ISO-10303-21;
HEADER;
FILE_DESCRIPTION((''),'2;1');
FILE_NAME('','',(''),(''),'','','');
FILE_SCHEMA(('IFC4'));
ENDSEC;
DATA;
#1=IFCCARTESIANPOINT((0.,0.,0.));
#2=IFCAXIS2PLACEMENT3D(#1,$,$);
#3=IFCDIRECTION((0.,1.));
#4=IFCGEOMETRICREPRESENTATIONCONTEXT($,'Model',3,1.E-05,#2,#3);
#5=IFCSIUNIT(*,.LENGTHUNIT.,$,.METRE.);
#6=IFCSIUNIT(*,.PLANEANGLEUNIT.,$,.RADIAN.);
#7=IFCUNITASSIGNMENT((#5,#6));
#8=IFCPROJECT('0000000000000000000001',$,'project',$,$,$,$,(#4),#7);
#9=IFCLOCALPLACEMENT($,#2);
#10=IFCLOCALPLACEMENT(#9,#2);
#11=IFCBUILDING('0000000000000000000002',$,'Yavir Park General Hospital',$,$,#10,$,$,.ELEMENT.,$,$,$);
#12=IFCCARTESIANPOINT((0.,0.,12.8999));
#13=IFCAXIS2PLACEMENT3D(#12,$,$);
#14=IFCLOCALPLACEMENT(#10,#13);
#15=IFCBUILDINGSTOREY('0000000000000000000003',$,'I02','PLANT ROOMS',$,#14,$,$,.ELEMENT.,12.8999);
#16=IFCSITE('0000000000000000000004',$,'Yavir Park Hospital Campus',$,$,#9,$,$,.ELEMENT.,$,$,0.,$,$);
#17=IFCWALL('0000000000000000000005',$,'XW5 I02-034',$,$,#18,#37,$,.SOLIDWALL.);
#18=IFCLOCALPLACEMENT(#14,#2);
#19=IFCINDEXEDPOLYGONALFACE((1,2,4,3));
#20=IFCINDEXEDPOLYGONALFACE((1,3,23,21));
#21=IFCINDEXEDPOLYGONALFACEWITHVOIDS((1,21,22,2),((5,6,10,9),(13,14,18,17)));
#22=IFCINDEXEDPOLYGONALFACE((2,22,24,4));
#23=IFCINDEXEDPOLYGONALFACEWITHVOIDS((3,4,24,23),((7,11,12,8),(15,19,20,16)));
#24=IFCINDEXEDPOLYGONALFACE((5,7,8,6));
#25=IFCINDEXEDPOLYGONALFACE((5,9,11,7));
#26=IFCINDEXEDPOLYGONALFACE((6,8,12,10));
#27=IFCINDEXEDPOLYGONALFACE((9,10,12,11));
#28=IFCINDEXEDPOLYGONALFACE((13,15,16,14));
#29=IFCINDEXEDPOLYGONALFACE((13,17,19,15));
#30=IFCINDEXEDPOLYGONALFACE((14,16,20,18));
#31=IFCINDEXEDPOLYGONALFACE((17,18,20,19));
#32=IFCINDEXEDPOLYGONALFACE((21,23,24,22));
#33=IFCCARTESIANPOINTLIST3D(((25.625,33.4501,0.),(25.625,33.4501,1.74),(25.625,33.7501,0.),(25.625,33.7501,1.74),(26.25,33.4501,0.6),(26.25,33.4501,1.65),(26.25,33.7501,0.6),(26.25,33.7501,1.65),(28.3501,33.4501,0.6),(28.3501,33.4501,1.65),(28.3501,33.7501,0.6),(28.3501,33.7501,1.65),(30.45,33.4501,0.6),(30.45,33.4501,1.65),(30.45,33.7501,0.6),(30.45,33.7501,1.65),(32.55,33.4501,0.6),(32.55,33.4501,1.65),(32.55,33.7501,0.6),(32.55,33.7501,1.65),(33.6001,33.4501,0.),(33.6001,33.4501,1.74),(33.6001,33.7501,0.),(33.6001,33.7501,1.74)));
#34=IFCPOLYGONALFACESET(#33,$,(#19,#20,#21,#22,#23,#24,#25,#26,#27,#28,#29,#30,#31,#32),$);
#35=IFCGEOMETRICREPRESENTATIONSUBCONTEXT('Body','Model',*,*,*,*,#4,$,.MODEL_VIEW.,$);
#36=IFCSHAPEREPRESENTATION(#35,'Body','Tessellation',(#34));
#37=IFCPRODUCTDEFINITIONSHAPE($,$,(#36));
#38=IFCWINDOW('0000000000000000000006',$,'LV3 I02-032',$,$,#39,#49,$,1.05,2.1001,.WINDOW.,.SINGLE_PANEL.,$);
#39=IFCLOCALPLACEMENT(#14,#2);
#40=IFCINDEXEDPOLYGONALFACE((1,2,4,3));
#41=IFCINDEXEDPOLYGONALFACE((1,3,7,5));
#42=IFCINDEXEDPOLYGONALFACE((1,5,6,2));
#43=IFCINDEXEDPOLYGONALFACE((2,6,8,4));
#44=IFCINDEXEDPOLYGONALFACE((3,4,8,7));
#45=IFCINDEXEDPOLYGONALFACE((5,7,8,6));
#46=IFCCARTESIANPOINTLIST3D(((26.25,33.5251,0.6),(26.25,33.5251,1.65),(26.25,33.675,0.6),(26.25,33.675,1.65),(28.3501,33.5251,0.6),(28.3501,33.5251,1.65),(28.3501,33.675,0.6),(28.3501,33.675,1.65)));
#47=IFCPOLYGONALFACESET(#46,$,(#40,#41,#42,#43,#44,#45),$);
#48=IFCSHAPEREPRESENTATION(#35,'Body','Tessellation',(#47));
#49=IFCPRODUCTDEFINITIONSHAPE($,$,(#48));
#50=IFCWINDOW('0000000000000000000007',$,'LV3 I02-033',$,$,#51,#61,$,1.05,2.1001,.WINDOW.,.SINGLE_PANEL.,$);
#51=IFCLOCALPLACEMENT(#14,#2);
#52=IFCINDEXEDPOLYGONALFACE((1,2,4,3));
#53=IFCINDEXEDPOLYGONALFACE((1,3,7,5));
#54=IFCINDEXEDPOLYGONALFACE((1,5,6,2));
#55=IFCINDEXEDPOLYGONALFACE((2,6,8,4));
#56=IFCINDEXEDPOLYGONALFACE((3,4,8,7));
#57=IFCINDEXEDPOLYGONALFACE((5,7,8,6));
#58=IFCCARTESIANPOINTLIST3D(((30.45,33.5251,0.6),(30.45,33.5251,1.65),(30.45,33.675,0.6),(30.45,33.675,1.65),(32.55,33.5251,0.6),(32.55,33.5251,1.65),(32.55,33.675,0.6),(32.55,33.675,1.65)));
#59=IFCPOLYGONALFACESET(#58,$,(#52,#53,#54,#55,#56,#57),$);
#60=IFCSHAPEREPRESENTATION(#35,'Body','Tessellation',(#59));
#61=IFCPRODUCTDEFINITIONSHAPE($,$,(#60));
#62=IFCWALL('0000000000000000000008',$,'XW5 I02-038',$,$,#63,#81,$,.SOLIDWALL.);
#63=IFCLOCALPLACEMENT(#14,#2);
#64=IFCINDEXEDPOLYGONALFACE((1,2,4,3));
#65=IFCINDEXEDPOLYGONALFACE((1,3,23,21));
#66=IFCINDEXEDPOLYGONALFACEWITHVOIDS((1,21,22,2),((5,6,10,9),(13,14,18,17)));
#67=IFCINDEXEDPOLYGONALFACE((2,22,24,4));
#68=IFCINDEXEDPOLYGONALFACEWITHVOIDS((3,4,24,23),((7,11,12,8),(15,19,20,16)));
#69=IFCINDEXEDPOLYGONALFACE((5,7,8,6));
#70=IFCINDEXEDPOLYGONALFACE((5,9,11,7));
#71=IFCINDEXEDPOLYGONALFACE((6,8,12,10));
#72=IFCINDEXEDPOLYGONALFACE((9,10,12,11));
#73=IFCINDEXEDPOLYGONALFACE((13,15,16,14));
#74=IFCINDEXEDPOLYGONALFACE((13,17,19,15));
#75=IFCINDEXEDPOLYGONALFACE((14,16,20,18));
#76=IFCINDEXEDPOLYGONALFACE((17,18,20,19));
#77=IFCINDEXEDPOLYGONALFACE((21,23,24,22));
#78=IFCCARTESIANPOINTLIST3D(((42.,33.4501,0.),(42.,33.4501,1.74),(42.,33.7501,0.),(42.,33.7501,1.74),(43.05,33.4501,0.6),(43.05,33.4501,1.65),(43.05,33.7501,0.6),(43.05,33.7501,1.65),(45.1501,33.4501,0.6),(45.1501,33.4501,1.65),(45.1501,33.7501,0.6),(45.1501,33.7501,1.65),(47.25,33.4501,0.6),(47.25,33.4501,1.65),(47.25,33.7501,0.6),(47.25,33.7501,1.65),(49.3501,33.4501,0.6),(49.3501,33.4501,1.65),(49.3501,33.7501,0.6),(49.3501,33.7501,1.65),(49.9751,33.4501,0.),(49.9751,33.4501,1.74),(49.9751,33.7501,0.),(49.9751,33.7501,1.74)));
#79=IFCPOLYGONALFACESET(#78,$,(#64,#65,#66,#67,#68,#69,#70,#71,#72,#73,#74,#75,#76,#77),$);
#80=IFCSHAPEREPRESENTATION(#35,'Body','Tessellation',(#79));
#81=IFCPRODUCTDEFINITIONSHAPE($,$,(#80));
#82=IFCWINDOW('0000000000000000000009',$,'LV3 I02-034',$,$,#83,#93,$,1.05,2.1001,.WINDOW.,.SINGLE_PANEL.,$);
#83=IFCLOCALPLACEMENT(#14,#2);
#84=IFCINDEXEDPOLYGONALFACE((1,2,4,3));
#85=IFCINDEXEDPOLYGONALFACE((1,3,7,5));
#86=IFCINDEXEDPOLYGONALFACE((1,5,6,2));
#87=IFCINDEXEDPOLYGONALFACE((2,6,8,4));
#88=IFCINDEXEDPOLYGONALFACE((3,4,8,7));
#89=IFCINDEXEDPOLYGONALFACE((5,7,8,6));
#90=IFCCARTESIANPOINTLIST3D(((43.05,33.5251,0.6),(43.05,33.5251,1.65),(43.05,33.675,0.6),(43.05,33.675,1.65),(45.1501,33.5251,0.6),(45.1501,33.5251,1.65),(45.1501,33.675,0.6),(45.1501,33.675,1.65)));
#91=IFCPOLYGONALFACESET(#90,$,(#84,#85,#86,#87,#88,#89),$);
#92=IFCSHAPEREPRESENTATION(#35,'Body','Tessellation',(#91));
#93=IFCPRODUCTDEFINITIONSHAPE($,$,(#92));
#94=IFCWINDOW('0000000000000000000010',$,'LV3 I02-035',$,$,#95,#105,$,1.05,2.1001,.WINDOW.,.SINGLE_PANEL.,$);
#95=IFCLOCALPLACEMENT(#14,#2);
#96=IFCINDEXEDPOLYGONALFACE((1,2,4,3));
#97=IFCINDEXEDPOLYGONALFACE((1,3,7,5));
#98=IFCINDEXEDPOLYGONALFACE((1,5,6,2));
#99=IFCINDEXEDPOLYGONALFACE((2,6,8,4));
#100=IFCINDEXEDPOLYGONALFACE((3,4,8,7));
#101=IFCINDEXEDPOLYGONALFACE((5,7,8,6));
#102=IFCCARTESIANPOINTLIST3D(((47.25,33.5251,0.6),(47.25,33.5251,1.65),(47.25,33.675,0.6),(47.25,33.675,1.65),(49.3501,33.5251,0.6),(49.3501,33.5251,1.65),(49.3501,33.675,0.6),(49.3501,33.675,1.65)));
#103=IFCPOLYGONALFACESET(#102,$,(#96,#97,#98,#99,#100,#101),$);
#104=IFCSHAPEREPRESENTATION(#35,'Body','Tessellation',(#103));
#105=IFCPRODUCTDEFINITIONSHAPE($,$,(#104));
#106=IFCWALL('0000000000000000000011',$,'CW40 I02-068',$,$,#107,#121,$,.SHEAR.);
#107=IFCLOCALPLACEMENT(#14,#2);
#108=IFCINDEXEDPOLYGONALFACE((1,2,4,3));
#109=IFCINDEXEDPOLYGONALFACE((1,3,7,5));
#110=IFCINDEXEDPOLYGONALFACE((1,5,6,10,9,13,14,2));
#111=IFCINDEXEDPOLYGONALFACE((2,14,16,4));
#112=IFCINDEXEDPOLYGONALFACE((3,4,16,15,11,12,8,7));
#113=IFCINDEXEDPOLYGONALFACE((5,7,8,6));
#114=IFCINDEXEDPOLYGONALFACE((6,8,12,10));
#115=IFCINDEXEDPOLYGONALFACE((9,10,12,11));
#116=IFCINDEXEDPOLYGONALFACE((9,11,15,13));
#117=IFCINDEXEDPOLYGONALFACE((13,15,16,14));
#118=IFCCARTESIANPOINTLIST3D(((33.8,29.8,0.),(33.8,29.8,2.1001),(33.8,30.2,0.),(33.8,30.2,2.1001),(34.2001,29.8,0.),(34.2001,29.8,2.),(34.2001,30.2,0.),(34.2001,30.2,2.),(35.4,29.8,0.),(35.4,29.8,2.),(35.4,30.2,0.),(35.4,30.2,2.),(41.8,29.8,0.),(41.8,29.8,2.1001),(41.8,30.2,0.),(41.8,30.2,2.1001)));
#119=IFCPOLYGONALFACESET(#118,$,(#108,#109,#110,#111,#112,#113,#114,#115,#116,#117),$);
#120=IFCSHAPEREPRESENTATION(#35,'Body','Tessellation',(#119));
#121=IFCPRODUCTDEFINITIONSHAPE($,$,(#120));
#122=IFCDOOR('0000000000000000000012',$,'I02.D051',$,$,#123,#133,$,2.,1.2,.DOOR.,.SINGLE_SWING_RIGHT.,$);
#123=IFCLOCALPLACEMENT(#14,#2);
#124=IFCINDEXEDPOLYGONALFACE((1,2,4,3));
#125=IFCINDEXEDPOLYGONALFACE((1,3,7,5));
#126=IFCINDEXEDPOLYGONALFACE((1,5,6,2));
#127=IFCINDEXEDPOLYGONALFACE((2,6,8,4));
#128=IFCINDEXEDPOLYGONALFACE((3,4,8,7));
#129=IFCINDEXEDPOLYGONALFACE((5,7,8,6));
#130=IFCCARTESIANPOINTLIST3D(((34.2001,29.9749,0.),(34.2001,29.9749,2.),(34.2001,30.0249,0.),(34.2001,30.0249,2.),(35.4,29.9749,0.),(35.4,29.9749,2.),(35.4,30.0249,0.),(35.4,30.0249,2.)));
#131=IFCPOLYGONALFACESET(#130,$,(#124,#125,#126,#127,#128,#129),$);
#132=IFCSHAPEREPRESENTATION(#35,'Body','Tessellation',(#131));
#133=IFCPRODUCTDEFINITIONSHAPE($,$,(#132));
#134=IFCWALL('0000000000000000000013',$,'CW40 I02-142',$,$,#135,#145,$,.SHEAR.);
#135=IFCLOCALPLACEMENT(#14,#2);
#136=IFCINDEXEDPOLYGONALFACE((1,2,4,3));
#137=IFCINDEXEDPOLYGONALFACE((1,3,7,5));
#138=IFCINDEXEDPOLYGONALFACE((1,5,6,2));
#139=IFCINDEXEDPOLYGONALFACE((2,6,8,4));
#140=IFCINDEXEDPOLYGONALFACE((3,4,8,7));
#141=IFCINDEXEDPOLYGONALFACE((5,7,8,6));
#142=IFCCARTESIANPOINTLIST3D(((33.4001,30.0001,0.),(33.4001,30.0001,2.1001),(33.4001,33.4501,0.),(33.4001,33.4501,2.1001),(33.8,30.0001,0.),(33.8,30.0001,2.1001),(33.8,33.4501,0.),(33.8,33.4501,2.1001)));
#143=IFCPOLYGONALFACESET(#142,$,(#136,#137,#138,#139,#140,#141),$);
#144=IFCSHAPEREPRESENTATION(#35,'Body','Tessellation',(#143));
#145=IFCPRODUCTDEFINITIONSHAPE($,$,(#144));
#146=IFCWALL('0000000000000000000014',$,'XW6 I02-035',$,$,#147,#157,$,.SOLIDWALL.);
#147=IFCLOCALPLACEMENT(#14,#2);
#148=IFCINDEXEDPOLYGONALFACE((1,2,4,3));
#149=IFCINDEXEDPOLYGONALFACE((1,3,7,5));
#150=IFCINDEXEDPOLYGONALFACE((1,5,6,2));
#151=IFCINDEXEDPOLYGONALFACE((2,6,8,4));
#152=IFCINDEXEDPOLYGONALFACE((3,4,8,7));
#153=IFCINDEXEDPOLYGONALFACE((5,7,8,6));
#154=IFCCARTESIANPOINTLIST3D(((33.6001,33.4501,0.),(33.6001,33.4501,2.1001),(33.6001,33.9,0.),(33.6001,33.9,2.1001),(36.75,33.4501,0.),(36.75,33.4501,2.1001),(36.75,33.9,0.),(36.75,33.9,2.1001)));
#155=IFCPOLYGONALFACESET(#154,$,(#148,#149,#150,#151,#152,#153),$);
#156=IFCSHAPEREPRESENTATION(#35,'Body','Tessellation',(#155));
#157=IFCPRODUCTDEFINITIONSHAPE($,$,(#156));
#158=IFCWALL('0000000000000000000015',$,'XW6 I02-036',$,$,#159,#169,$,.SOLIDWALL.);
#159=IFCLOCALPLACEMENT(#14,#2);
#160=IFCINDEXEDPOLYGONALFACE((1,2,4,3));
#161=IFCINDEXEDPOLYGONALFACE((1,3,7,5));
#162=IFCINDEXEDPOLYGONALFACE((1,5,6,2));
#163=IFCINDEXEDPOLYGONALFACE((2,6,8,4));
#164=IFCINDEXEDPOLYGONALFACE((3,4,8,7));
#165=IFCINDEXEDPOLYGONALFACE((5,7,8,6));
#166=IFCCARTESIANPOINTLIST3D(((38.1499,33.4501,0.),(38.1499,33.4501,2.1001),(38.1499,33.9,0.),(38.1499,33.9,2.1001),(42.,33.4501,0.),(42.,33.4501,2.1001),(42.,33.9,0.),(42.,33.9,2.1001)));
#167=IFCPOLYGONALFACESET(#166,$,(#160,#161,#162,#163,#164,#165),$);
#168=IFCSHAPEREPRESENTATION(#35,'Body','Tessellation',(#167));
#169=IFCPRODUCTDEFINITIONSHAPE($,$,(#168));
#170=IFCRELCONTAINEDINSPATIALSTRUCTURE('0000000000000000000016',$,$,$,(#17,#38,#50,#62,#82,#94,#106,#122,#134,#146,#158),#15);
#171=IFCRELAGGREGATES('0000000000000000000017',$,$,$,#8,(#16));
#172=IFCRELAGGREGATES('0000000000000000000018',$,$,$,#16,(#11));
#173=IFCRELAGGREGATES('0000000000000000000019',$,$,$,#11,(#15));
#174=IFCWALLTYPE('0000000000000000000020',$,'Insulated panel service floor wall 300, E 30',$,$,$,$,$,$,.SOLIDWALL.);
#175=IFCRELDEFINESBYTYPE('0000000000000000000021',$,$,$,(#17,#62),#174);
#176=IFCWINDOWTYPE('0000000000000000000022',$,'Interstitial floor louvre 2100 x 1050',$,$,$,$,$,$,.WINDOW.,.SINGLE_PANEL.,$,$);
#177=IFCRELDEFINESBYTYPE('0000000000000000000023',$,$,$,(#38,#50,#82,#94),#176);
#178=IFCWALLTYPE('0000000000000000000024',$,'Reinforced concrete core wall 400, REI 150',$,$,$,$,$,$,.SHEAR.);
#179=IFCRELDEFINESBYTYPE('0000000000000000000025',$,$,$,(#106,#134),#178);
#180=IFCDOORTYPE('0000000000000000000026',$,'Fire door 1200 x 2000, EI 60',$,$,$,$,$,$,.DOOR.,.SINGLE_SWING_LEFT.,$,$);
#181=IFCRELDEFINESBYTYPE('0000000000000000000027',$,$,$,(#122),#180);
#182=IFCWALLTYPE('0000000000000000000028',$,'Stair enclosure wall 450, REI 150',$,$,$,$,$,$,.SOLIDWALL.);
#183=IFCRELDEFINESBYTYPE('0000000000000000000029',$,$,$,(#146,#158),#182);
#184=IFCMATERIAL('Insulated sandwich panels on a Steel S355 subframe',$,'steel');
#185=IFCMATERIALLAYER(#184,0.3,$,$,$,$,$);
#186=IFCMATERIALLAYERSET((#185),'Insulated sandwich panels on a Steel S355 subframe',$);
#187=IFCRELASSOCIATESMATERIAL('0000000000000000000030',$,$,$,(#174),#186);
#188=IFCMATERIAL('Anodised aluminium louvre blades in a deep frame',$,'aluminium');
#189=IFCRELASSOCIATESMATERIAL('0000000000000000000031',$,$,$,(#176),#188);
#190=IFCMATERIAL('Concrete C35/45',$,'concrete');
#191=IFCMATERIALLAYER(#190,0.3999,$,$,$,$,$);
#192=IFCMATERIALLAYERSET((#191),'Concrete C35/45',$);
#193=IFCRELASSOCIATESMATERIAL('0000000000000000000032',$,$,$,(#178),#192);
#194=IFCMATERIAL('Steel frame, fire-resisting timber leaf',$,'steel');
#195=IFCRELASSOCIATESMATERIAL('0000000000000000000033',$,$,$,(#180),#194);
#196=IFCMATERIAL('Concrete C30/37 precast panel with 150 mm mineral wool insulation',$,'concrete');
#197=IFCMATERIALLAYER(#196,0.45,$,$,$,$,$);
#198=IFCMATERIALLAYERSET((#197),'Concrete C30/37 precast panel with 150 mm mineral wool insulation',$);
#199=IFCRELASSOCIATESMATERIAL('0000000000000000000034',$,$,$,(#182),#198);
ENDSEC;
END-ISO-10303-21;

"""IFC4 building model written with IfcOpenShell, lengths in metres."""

from ifc_helpers import new_model, si_unit, direction, frame, frame_2d, origin, place, context, subcontext, project, spatial, rectangle, extrude, material, layer, layer_set, type_object, element, fill, save


model = new_model("IFC4")

# Units and contexts
model_context = context("Model", 3, precision=1e-05, world=origin(), true_north=direction((0.0, 1.0)))
body_context = subcontext(model_context, "Body", "Model", "MODEL_VIEW")
ifc_project = project(units=[si_unit("LENGTHUNIT", "METRE"), si_unit("PLANEANGLEUNIT", "RADIAN")], contexts=[model_context])

# Site, building, storey
site_placement = place(None, origin())
site = spatial("IfcSite", under=ifc_project, at=site_placement, Name="Yavir Park Hospital Campus", CompositionType="ELEMENT", RefElevation=0.0)
building_placement = place(site_placement, origin())
building = spatial("IfcBuilding", under=site, at=building_placement, Name="Yavir Park General Hospital", CompositionType="ELEMENT")
storey_placement = place(building_placement, frame((0.0, 0.0, 12.8999)))
storey = spatial("IfcBuildingStorey", under=building, at=storey_placement, Name="I02", Description="PLANT ROOMS", CompositionType="ELEMENT", Elevation=12.8999)

# Walls, openings, windows
ifc_material_1 = material(Name="Insulated sandwich panels on a Steel S355 subframe", Category="steel")
ifc_layer_1 = layer(ifc_material_1, 0.3)
ifc_layer_set_1 = layer_set([ifc_layer_1], Name="Insulated sandwich panels on a Steel S355 subframe")
wall_type_1 = type_object("IfcWallType", Name="Insulated panel service floor wall 300, E 30", PredefinedType="SOLIDWALL", material=ifc_layer_set_1)
wall_1_placement = place(storey_placement, frame((25.625, 33.6001, 0.0), z_axis=(0.0, 0.0, 1.0), x_axis=(1.0, 0.0, 0.0)))
wall_1 = element("IfcWall", 1, at=wall_1_placement, inside=storey, type_object=wall_type_1, Name="XW5 I02-034", PredefinedType="SOLIDWALL", context=body_context, shape_type="SweptSolid", body=[
    extrude(rectangle(XDim=7.9751, YDim=0.3, at=frame_2d((3.9875, 0.0))), origin(), (0.0, 0.0, 1.0), 1.74),
])
opening_1_placement = place(wall_1_placement, frame((0.625, 0.0, 0.6001)))
opening_1 = element("IfcOpeningElement", 2, at=opening_1_placement, cuts=wall_1, PredefinedType="OPENING", context=body_context, shape_type="SweptSolid", body=[
    extrude(rectangle(XDim=2.1001, YDim=1.05, at=frame_2d((1.05, 0.5249))), frame((0.0, 0.1599, 0.0), z_axis=(0.0, -1.0, 0.0), x_axis=(1.0, 0.0, 0.0)), (0.0, 0.0, 1.0), 0.3201),
])
opening_2_placement = place(wall_1_placement, frame((4.825, 0.0, 0.6001)))
opening_2 = element("IfcOpeningElement", 3, at=opening_2_placement, cuts=wall_1, PredefinedType="OPENING", context=body_context, shape_type="SweptSolid", body=[
    extrude(rectangle(XDim=2.1001, YDim=1.05, at=frame_2d((1.05, 0.5249))), frame((0.0, 0.1599, 0.0), z_axis=(0.0, -1.0, 0.0), x_axis=(1.0, 0.0, 0.0)), (0.0, 0.0, 1.0), 0.3201),
])
ifc_material_2 = material(Name="Anodised aluminium louvre blades in a deep frame", Category="aluminium")
window_type = type_object("IfcWindowType", Name="Interstitial floor louvre 2100 x 1050", PartitioningType="SINGLE_PANEL", PredefinedType="WINDOW", material=ifc_material_2)
window_1_placement = place(opening_1_placement, origin())
window_1 = element("IfcWindow", 4, at=window_1_placement, inside=storey, type_object=window_type, Name="LV3 I02-032", OverallHeight=1.05, OverallWidth=2.1001, PartitioningType="SINGLE_PANEL", PredefinedType="WINDOW", context=body_context, shape_type="SweptSolid", body=[
    extrude(rectangle(XDim=2.1001, YDim=1.05, at=frame_2d((1.05, 0.5249))), frame((0.0, 0.075, 0.0), z_axis=(0.0, -1.0, 0.0), x_axis=(1.0, 0.0, 0.0)), (0.0, 0.0, 1.0), 0.1499),
])
fill(opening_1, window_1)
window_2_placement = place(opening_2_placement, origin())
window_2 = element("IfcWindow", 5, at=window_2_placement, inside=storey, type_object=window_type, Name="LV3 I02-033", OverallHeight=1.05, OverallWidth=2.1001, PartitioningType="SINGLE_PANEL", PredefinedType="WINDOW", context=body_context, shape_type="SweptSolid", body=[
    extrude(rectangle(XDim=2.1001, YDim=1.05, at=frame_2d((1.05, 0.5249))), frame((0.0, 0.075, 0.0), z_axis=(0.0, -1.0, 0.0), x_axis=(1.0, 0.0, 0.0)), (0.0, 0.0, 1.0), 0.1499),
])
fill(opening_2, window_2)
wall_2_placement = place(storey_placement, frame((42.0, 33.6001, 0.0), z_axis=(0.0, 0.0, 1.0), x_axis=(1.0, 0.0, 0.0)))
wall_2 = element("IfcWall", 6, at=wall_2_placement, inside=storey, type_object=wall_type_1, Name="XW5 I02-038", PredefinedType="SOLIDWALL", context=body_context, shape_type="SweptSolid", body=[
    extrude(rectangle(XDim=7.9751, YDim=0.3, at=frame_2d((3.9875, 0.0))), origin(), (0.0, 0.0, 1.0), 1.74),
])
opening_3_placement = place(wall_2_placement, frame((1.05, 0.0, 0.6001)))
opening_3 = element("IfcOpeningElement", 7, at=opening_3_placement, cuts=wall_2, PredefinedType="OPENING", context=body_context, shape_type="SweptSolid", body=[
    extrude(rectangle(XDim=2.1001, YDim=1.05, at=frame_2d((1.05, 0.5249))), frame((0.0, 0.1599, 0.0), z_axis=(0.0, -1.0, 0.0), x_axis=(1.0, 0.0, 0.0)), (0.0, 0.0, 1.0), 0.3201),
])
opening_4_placement = place(wall_2_placement, frame((5.25, 0.0, 0.6001)))
opening_4 = element("IfcOpeningElement", 8, at=opening_4_placement, cuts=wall_2, PredefinedType="OPENING", context=body_context, shape_type="SweptSolid", body=[
    extrude(rectangle(XDim=2.1001, YDim=1.05, at=frame_2d((1.05, 0.5249))), frame((0.0, 0.1599, 0.0), z_axis=(0.0, -1.0, 0.0), x_axis=(1.0, 0.0, 0.0)), (0.0, 0.0, 1.0), 0.3201),
])
window_3_placement = place(opening_3_placement, origin())
window_3 = element("IfcWindow", 9, at=window_3_placement, inside=storey, type_object=window_type, Name="LV3 I02-034", OverallHeight=1.05, OverallWidth=2.1001, PartitioningType="SINGLE_PANEL", PredefinedType="WINDOW", context=body_context, shape_type="SweptSolid", body=[
    extrude(rectangle(XDim=2.1001, YDim=1.05, at=frame_2d((1.05, 0.5249))), frame((0.0, 0.075, 0.0), z_axis=(0.0, -1.0, 0.0), x_axis=(1.0, 0.0, 0.0)), (0.0, 0.0, 1.0), 0.1499),
])
fill(opening_3, window_3)
window_4_placement = place(opening_4_placement, origin())
window_4 = element("IfcWindow", 10, at=window_4_placement, inside=storey, type_object=window_type, Name="LV3 I02-035", OverallHeight=1.05, OverallWidth=2.1001, PartitioningType="SINGLE_PANEL", PredefinedType="WINDOW", context=body_context, shape_type="SweptSolid", body=[
    extrude(rectangle(XDim=2.1001, YDim=1.05, at=frame_2d((1.05, 0.5249))), frame((0.0, 0.075, 0.0), z_axis=(0.0, -1.0, 0.0), x_axis=(1.0, 0.0, 0.0)), (0.0, 0.0, 1.0), 0.1499),
])
fill(opening_4, window_4)

# Wall, opening, door
ifc_material_3 = material(Name="Concrete C35/45", Category="concrete")
ifc_layer_2 = layer(ifc_material_3, 0.3999)
ifc_layer_set_2 = layer_set([ifc_layer_2], Name="Concrete C35/45")
wall_type_2 = type_object("IfcWallType", Name="Reinforced concrete core wall 400, REI 150", PredefinedType="SHEAR", material=ifc_layer_set_2)
wall_3_placement = place(storey_placement, frame((33.8, 30.0, 0.0), z_axis=(0.0, 0.0, 1.0), x_axis=(1.0, 0.0, 0.0)))
wall_3 = element("IfcWall", 11, at=wall_3_placement, inside=storey, type_object=wall_type_2, Name="CW40 I02-068", PredefinedType="SHEAR", context=body_context, shape_type="SweptSolid", body=[
    extrude(rectangle(XDim=8.0, YDim=0.3999, at=frame_2d((4.0, 0.0))), origin(), (0.0, 0.0, 1.0), 2.1001),
])
opening_5_placement = place(wall_3_placement, frame((0.3999, 0.0, 0.0)))
opening_5 = element("IfcOpeningElement", 12, at=opening_5_placement, cuts=wall_3, PredefinedType="OPENING", context=body_context, shape_type="SweptSolid", body=[
    extrude(rectangle(XDim=1.2, YDim=2.0, at=frame_2d((0.6001, 1.0))), frame((0.0, 0.21, 0.0), z_axis=(0.0, -1.0, 0.0), x_axis=(1.0, 0.0, 0.0)), (0.0, 0.0, 1.0), 0.4199),
])
ifc_material_4 = material(Name="Steel frame, fire-resisting timber leaf", Category="steel")
door_type_1 = type_object("IfcDoorType", Name="Fire door 1200 x 2000, EI 60", OperationType="SINGLE_SWING_LEFT", PredefinedType="DOOR", material=ifc_material_4)
door_1_placement = place(opening_5_placement, origin())
door_1 = element("IfcDoor", 13, at=door_1_placement, inside=storey, type_object=door_type_1, Name="I02.D051", OperationType="SINGLE_SWING_RIGHT", OverallHeight=2.0, OverallWidth=1.2, PredefinedType="DOOR", context=body_context, shape_type="SweptSolid", body=[
    extrude(rectangle(XDim=1.2, YDim=2.0, at=frame_2d((0.6001, 1.0))), frame((0.0, 0.0249, 0.0), z_axis=(0.0, -1.0, 0.0), x_axis=(1.0, 0.0, 0.0)), (0.0, 0.0, 1.0), 0.05),
])
fill(opening_5, door_1)

# Walls
wall_4_placement = place(storey_placement, frame((33.6001, 30.0, 0.0), z_axis=(0.0, 0.0, 1.0), x_axis=(0.0, 1.0, 0.0)))
element("IfcWall", 14, at=wall_4_placement, inside=storey, type_object=wall_type_2, Name="CW40 I02-142", PredefinedType="SHEAR", context=body_context, shape_type="SweptSolid", body=[
    extrude(rectangle(XDim=3.45, YDim=0.3999, at=frame_2d((1.7251, 0.0))), origin(), (0.0, 0.0, 1.0), 2.1001),
])
ifc_material_5 = material(Name="Concrete C30/37 precast panel with 150 mm mineral wool insulation", Category="concrete")
ifc_layer_3 = layer(ifc_material_5, 0.45)
ifc_layer_set_3 = layer_set([ifc_layer_3], Name="Concrete C30/37 precast panel with 150 mm mineral wool insulation")
wall_type_3 = type_object("IfcWallType", Name="Stair enclosure wall 450, REI 150", PredefinedType="SOLIDWALL", material=ifc_layer_set_3)
wall_5_placement = place(storey_placement, frame((33.6001, 33.675, 0.0), z_axis=(0.0, 0.0, 1.0), x_axis=(1.0, 0.0, 0.0)))
element("IfcWall", 15, at=wall_5_placement, inside=storey, type_object=wall_type_3, Name="XW6 I02-035", PredefinedType="SOLIDWALL", context=body_context, shape_type="SweptSolid", body=[
    extrude(rectangle(XDim=3.1499, YDim=0.45, at=frame_2d((1.575, 0.0))), origin(), (0.0, 0.0, 1.0), 2.1001),
])
wall_6_placement = place(storey_placement, frame((38.1499, 33.675, 0.0), z_axis=(0.0, 0.0, 1.0), x_axis=(1.0, 0.0, 0.0)))
element("IfcWall", 16, at=wall_6_placement, inside=storey, type_object=wall_type_3, Name="XW6 I02-036", PredefinedType="SOLIDWALL", context=body_context, shape_type="SweptSolid", body=[
    extrude(rectangle(XDim=3.8501, YDim=0.45, at=frame_2d((1.925, 0.0))), origin(), (0.0, 0.0, 1.0), 2.1001),
])

save(model, "model.ifc")
